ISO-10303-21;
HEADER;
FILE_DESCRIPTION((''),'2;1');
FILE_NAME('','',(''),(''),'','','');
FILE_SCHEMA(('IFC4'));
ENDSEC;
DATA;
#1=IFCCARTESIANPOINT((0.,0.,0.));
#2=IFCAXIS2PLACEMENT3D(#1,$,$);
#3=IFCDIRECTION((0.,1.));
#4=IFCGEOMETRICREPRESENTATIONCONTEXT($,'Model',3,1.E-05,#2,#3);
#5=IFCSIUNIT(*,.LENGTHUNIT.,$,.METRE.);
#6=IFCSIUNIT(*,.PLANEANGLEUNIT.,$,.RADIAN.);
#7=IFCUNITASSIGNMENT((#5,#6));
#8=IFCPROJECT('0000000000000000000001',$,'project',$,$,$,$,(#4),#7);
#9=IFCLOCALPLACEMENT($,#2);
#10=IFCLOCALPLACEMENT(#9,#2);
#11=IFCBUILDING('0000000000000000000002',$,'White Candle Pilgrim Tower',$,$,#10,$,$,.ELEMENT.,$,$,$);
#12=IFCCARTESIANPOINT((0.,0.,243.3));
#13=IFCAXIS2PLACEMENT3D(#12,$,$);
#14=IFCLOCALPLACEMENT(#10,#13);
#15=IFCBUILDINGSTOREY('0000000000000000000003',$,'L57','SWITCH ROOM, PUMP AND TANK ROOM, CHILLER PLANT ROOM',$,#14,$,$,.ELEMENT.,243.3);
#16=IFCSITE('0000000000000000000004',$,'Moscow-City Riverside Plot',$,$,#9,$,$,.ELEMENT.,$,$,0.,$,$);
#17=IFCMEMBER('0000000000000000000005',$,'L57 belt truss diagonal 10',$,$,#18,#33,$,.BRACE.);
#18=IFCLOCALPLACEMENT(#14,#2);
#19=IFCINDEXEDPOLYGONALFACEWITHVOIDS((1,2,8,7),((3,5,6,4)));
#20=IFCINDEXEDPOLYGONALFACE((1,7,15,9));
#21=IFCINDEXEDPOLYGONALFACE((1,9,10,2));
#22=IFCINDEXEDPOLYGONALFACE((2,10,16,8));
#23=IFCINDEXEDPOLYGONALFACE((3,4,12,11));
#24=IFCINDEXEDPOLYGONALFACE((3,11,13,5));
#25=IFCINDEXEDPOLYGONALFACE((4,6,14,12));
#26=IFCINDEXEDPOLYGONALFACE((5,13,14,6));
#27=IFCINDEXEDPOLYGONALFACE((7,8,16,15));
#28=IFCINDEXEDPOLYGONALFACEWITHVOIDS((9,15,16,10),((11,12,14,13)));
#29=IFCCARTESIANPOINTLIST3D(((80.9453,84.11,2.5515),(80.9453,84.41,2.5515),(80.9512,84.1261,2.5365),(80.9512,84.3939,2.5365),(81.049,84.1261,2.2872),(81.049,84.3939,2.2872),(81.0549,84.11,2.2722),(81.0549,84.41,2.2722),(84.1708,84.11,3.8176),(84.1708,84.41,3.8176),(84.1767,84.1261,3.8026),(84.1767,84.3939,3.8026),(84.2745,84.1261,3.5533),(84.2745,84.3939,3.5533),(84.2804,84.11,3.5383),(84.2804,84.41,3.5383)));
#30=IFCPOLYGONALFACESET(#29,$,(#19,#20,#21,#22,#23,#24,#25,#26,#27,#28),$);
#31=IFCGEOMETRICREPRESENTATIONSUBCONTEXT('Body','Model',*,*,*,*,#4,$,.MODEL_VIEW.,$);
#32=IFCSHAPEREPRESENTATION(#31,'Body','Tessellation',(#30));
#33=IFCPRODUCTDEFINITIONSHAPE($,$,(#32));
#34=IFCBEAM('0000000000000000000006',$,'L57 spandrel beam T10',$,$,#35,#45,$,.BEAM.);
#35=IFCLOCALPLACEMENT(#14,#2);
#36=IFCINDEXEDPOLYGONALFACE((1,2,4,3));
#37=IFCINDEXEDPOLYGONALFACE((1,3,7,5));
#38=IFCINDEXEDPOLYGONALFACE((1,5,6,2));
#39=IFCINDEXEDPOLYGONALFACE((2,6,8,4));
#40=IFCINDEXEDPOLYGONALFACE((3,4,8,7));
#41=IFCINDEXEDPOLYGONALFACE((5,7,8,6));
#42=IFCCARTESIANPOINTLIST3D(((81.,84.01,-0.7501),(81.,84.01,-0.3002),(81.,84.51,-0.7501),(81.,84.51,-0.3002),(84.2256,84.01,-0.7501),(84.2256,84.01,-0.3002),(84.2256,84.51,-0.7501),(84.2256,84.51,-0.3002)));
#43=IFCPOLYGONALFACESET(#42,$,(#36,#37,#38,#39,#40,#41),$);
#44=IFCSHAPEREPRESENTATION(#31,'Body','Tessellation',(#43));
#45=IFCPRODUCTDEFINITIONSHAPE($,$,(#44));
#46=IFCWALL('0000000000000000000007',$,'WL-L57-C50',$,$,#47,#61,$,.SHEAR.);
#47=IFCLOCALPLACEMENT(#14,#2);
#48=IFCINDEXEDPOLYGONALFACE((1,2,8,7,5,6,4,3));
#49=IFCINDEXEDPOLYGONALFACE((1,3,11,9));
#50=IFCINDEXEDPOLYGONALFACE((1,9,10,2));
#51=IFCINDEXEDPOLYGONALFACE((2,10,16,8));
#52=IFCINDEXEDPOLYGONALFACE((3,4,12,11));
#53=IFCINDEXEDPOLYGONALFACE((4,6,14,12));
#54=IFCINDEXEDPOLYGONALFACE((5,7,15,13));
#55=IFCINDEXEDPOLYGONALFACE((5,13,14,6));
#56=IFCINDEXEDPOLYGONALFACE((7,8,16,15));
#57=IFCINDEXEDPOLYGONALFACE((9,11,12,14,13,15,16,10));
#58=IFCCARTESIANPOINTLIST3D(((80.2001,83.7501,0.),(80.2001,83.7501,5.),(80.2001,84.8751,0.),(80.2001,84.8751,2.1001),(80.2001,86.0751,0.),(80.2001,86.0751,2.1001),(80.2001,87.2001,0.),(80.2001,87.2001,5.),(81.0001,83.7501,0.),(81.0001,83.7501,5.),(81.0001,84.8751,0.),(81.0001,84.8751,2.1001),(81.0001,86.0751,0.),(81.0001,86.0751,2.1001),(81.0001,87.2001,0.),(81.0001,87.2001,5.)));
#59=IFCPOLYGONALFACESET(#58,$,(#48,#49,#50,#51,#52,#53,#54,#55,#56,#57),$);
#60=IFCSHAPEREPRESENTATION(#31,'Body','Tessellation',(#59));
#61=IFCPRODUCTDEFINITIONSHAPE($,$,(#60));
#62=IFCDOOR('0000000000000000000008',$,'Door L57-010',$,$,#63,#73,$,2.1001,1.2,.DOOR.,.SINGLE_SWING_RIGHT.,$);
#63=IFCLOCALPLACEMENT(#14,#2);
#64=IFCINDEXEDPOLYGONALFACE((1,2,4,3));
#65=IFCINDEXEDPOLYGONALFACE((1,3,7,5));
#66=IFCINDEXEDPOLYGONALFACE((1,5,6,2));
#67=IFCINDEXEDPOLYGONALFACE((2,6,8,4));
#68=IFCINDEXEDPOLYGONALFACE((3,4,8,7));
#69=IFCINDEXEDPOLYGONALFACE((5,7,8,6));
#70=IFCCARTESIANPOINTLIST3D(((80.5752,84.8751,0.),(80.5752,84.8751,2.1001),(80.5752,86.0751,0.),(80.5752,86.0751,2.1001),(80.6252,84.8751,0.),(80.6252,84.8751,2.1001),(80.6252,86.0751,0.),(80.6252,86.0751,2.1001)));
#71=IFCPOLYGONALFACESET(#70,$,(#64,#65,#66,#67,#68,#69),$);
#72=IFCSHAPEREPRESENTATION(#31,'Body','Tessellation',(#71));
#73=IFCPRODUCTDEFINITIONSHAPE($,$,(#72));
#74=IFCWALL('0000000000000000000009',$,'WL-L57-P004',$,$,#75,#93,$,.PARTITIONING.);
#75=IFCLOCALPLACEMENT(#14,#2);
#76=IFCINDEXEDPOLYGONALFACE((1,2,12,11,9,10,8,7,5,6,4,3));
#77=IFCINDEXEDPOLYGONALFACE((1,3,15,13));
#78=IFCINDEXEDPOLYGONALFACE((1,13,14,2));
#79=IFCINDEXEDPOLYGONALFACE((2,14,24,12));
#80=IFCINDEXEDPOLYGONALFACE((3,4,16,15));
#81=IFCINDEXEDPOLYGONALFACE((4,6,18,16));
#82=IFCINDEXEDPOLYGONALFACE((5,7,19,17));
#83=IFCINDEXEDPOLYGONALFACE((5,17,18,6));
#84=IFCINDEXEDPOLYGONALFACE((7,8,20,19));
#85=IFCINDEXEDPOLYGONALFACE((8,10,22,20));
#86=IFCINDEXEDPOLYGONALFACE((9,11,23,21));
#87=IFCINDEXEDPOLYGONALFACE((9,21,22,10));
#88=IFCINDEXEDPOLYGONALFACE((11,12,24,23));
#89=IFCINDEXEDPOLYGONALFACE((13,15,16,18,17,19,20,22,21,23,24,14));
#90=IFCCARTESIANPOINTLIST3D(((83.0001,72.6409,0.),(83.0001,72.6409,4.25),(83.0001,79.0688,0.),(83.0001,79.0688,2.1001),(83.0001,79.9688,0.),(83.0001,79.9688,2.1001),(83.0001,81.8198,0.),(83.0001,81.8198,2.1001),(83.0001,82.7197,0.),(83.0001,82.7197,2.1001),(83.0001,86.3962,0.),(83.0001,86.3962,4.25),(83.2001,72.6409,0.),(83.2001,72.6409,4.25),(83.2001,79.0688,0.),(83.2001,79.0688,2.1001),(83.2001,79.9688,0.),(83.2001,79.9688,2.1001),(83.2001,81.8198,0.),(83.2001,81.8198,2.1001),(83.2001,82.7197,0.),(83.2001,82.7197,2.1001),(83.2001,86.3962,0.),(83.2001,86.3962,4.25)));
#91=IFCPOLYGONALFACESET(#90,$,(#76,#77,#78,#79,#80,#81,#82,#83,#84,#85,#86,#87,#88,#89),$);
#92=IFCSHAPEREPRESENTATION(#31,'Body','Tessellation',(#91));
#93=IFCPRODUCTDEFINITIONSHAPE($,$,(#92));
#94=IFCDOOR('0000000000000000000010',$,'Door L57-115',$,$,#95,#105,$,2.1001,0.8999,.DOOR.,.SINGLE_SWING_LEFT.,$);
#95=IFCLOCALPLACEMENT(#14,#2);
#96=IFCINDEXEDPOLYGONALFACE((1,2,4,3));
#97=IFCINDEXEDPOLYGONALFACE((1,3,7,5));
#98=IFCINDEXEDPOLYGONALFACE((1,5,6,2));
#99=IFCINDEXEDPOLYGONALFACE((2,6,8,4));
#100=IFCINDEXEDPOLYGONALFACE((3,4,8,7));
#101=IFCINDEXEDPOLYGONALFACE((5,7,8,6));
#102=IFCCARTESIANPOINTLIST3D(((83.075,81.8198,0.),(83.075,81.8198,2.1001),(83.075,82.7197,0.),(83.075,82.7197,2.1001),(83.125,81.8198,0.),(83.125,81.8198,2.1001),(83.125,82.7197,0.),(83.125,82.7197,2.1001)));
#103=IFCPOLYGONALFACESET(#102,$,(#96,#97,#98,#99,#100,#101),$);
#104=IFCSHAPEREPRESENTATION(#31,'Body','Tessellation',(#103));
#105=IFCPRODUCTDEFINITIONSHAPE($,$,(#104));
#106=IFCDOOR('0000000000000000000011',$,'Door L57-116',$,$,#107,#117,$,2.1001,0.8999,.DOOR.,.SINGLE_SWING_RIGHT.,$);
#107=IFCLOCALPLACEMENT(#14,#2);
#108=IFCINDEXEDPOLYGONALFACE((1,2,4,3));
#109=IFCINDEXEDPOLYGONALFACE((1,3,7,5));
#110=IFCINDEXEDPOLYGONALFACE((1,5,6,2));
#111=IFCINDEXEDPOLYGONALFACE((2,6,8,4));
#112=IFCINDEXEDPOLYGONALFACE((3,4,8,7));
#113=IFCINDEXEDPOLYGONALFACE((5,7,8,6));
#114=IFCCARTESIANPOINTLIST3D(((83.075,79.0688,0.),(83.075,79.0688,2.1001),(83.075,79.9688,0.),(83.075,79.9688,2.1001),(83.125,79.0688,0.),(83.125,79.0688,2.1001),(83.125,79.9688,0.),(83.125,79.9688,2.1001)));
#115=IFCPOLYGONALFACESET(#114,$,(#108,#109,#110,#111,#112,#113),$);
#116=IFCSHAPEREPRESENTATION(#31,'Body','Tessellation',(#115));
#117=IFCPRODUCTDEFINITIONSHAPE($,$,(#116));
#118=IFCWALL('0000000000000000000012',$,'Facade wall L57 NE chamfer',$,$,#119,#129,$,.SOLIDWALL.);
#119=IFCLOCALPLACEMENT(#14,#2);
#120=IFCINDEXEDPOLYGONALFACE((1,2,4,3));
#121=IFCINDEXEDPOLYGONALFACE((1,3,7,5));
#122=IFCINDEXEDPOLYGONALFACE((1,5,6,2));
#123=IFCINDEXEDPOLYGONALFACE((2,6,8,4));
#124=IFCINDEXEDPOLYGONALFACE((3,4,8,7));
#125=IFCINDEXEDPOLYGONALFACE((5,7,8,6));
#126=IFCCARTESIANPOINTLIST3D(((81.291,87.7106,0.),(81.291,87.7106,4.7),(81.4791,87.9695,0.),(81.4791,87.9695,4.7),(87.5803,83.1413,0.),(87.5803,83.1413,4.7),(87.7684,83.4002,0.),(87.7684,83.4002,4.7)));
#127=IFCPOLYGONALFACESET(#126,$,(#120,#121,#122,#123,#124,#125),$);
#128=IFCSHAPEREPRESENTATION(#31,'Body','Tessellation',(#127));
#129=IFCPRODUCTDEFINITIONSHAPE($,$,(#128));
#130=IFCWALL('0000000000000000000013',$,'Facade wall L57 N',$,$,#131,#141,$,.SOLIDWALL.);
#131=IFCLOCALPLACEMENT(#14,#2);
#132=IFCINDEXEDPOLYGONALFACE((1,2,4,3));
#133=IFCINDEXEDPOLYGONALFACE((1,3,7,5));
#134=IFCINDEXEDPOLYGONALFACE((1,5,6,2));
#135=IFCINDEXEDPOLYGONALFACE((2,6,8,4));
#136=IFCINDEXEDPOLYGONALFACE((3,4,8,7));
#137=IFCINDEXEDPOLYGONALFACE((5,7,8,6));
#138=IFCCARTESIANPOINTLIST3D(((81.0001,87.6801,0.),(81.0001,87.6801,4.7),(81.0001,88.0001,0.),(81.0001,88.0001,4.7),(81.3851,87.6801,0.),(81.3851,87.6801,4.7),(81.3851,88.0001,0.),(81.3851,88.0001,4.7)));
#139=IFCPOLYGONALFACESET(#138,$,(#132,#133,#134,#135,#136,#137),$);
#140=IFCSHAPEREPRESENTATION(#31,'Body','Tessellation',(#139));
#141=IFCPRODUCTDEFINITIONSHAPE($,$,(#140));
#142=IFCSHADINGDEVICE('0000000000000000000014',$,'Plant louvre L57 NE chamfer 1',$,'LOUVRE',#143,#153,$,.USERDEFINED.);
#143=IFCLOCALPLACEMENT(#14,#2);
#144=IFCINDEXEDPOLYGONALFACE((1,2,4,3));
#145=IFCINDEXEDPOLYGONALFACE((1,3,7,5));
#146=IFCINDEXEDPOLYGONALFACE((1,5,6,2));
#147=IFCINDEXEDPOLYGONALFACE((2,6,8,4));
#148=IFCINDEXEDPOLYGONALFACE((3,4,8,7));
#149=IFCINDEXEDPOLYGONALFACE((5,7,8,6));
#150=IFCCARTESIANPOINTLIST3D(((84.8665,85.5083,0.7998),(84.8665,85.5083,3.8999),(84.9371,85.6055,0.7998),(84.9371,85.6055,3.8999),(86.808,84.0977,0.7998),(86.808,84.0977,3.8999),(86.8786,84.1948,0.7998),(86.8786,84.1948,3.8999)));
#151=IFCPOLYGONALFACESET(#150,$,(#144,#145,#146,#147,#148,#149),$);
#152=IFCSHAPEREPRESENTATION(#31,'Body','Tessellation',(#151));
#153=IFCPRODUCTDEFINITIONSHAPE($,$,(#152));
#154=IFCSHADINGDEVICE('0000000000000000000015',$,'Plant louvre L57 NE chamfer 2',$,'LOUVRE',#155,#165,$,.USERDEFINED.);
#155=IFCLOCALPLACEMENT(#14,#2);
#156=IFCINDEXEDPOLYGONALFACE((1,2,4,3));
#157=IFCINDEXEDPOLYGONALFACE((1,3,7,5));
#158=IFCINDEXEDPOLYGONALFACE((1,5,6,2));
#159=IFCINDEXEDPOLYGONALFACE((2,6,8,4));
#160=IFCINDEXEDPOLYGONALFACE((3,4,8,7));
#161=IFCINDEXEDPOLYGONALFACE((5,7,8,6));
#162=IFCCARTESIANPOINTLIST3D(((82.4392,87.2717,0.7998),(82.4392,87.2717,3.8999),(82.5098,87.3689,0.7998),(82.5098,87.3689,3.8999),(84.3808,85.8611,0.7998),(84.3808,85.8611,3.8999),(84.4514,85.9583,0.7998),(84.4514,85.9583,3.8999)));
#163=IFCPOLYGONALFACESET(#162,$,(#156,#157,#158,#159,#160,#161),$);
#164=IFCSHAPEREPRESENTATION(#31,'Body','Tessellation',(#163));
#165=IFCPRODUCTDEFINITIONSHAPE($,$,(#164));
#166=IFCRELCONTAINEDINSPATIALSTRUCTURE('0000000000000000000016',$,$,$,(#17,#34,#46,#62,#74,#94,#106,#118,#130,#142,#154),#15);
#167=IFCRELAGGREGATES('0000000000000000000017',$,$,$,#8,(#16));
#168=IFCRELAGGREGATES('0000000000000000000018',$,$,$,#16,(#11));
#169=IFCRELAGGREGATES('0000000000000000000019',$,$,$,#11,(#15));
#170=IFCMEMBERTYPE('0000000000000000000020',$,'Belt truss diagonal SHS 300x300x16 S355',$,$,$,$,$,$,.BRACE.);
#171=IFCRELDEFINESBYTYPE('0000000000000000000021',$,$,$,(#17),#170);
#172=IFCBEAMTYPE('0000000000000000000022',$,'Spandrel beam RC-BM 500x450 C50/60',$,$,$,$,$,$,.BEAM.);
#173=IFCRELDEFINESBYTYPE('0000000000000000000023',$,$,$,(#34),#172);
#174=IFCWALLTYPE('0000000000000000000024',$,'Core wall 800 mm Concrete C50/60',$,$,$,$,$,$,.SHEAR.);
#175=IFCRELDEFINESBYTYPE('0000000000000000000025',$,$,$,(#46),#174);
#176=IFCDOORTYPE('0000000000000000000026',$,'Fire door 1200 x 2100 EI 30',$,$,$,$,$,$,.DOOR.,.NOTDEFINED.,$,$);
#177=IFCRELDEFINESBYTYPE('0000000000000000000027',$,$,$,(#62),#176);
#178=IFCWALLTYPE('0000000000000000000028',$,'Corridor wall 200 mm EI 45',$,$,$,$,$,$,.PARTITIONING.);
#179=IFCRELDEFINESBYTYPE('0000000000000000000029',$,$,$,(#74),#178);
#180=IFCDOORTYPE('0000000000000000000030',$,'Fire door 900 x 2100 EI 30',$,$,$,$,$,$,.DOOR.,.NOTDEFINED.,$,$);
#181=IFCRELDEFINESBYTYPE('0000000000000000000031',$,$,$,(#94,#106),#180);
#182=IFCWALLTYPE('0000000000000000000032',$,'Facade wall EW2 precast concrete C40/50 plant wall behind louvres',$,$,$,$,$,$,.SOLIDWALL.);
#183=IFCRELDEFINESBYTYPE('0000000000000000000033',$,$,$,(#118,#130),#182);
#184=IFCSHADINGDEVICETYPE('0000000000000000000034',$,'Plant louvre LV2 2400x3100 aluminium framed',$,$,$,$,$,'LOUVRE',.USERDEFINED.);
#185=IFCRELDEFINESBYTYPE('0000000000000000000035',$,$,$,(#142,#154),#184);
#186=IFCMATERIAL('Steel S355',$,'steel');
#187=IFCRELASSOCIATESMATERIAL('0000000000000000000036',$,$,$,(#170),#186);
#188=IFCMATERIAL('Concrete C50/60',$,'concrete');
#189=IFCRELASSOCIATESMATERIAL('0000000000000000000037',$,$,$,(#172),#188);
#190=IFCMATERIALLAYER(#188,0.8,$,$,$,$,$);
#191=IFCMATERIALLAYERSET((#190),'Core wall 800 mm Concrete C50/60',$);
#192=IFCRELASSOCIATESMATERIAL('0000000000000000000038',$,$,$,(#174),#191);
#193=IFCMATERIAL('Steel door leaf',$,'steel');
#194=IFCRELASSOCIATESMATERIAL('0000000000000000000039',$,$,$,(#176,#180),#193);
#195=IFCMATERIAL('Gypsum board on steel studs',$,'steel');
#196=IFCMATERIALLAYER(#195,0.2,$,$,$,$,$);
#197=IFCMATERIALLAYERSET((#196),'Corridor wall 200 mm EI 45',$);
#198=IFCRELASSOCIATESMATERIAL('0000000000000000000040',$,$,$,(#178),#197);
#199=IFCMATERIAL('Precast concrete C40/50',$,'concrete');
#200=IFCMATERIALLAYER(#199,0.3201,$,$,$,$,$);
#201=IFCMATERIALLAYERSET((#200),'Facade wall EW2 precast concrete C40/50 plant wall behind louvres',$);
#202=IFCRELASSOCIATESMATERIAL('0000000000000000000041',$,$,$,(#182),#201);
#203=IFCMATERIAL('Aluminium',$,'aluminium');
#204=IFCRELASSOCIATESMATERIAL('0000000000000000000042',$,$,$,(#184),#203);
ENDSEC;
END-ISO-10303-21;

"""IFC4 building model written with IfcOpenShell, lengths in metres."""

from ifc_helpers import new_model, si_unit, direction, frame, frame_2d, origin, origin_2d, place, context, subcontext, project, spatial, rectangle, hollow_rectangle, extrude, material, layer, layer_set, material_profile, profile_set, type_object, element, fill, save


model = new_model("IFC4")

# Units and contexts
model_context = context("Model", 3, precision=1e-05, world=origin(), true_north=direction((0.0, 1.0)))
body_context = subcontext(model_context, "Body", "Model", "MODEL_VIEW")
ifc_project = project(units=[si_unit("LENGTHUNIT", "METRE"), si_unit("PLANEANGLEUNIT", "RADIAN")], contexts=[model_context])

# Site, building, storey
site_placement = place(None, origin())
site = spatial("IfcSite", under=ifc_project, at=site_placement, Name="Moscow-City Riverside Plot", CompositionType="ELEMENT", RefElevation=0.0)
building_placement = place(site_placement, origin())
building = spatial("IfcBuilding", under=site, at=building_placement, Name="White Candle Pilgrim Tower", CompositionType="ELEMENT")
storey_placement = place(building_placement, frame((0.0, 0.0, 243.3)))
storey = spatial("IfcBuildingStorey", under=building, at=storey_placement, Name="L57", Description="SWITCH ROOM, PUMP AND TANK ROOM, CHILLER PLANT ROOM", CompositionType="ELEMENT", Elevation=243.3)

# Member
ifc_material_1 = material(Name="Steel S355", Category="steel")
ifc_material_profile_1 = material_profile(ifc_material_1, hollow_rectangle(XDim=0.3, YDim=0.3, WallThickness=0.0161, at=origin_2d()), Name="SHS 300x300x16")
ifc_profile_set_1 = profile_set([ifc_material_profile_1], Name="Steel S355")
member_type_1 = type_object("IfcMemberType", Name="Belt truss diagonal SHS 300x300x16 S355", PredefinedType="BRACE", material=ifc_profile_set_1)
member_1_placement = place(storey_placement, frame((84.2256, 84.26, 3.678), z_axis=(-0.930858, 0.0, -0.365382), x_axis=(0.0, -1.0, 0.0)))
element("IfcMember", 1, at=member_1_placement, inside=storey, type_object=member_type_1, Name="L57 belt truss diagonal 10", PredefinedType="BRACE", context=body_context, shape_type="SweptSolid", body=[
    extrude(hollow_rectangle(XDim=0.3, YDim=0.3, WallThickness=0.0161, at=origin_2d()), origin(), (0.0, 0.0, 1.0), 3.4651),
])

# Beam
ifc_material_2 = material(Name="Concrete C50/60", Category="concrete")
ifc_material_profile_2 = material_profile(ifc_material_2, rectangle(XDim=0.5, YDim=0.45, at=origin_2d()), Name="RC-BM 500x450")
ifc_profile_set_2 = profile_set([ifc_material_profile_2], Name="Concrete C50/60")
beam_type = type_object("IfcBeamType", Name="Spandrel beam RC-BM 500x450 C50/60", PredefinedType="BEAM", material=ifc_profile_set_2)
beam_placement = place(storey_placement, frame((84.2256, 84.26, -0.5251), z_axis=(-1.0, 0.0, 0.0), x_axis=(0.0, -1.0, 0.0)))
element("IfcBeam", 2, at=beam_placement, inside=storey, type_object=beam_type, Name="L57 spandrel beam T10", PredefinedType="BEAM", context=body_context, shape_type="SweptSolid", body=[
    extrude(rectangle(XDim=0.5, YDim=0.45, at=origin_2d()), origin(), (0.0, 0.0, 1.0), 3.2256),
])

# Wall, opening, door
ifc_layer_1 = layer(ifc_material_2, 0.8)
ifc_layer_set_1 = layer_set([ifc_layer_1], Name="Core wall 800 mm Concrete C50/60")
wall_type_1 = type_object("IfcWallType", Name="Core wall 800 mm Concrete C50/60", PredefinedType="SHEAR", material=ifc_layer_set_1)
wall_1_placement = place(storey_placement, frame((80.6001, 83.75, 0.0), z_axis=(0.0, 0.0, 1.0), x_axis=(0.0, 1.0, 0.0)))
wall_1 = element("IfcWall", 3, at=wall_1_placement, inside=storey, type_object=wall_type_1, Name="WL-L57-C50", PredefinedType="SHEAR", context=body_context, shape_type="SweptSolid", body=[
    extrude(rectangle(XDim=3.45, YDim=0.8, at=frame_2d((1.7251, 0.0))), origin(), (0.0, 0.0, 1.0), 5.0),
])
opening_1_placement = place(wall_1_placement, frame((1.125, 0.0, 0.0)))
opening_1 = element("IfcOpeningElement", 4, at=opening_1_placement, cuts=wall_1, PredefinedType="OPENING", context=body_context, shape_type="SweptSolid", body=[
    extrude(rectangle(XDim=1.2, YDim=2.1001, at=frame_2d((0.6001, 1.05))), frame((0.0, 0.4099, 0.0), z_axis=(0.0, -1.0, 0.0), x_axis=(1.0, 0.0, 0.0)), (0.0, 0.0, 1.0), 0.8201),
])
ifc_material_3 = material(Name="Steel door leaf", Category="steel")
door_type_1 = type_object("IfcDoorType", Name="Fire door 1200 x 2100 EI 30", OperationType="NOTDEFINED", PredefinedType="DOOR", material=ifc_material_3)
door_1_placement = place(opening_1_placement, origin())
door_1 = element("IfcDoor", 5, at=door_1_placement, inside=storey, type_object=door_type_1, Name="Door L57-010", OperationType="SINGLE_SWING_RIGHT", OverallHeight=2.1001, OverallWidth=1.2, PredefinedType="DOOR", context=body_context, shape_type="SweptSolid", body=[
    extrude(rectangle(XDim=1.2, YDim=2.1001, at=frame_2d((0.6001, 1.05))), frame((0.0, 0.0249, 0.0), z_axis=(0.0, -1.0, 0.0), x_axis=(1.0, 0.0, 0.0)), (0.0, 0.0, 1.0), 0.05),
])
fill(opening_1, door_1)

# Wall, openings, doors
ifc_material_4 = material(Name="Gypsum board on steel studs", Category="steel")
ifc_layer_2 = layer(ifc_material_4, 0.2)
ifc_layer_set_2 = layer_set([ifc_layer_2], Name="Corridor wall 200 mm EI 45")
wall_type_2 = type_object("IfcWallType", Name="Corridor wall 200 mm EI 45", PredefinedType="PARTITIONING", material=ifc_layer_set_2)
wall_2_placement = place(storey_placement, frame((83.1001, 86.3962, 0.0), z_axis=(0.0, 0.0, 1.0), x_axis=(0.0, -1.0, 0.0)))
wall_2 = element("IfcWall", 6, at=wall_2_placement, inside=storey, type_object=wall_type_2, Name="WL-L57-P004", PredefinedType="PARTITIONING", context=body_context, shape_type="SweptSolid", body=[
    extrude(rectangle(XDim=13.7554, YDim=0.2, at=frame_2d((6.8777, 0.0))), origin(), (0.0, 0.0, 1.0), 4.25),
])
opening_2_placement = place(wall_2_placement, frame((3.6765, 0.0, 0.0)))
opening_2 = element("IfcOpeningElement", 7, at=opening_2_placement, cuts=wall_2, PredefinedType="OPENING", context=body_context, shape_type="SweptSolid", body=[
    extrude(rectangle(XDim=0.8999, YDim=2.1001, at=frame_2d((0.45, 1.05))), frame((0.0, 0.1099, 0.0), z_axis=(0.0, -1.0, 0.0), x_axis=(1.0, 0.0, 0.0)), (0.0, 0.0, 1.0), 0.22),
])
opening_3_placement = place(wall_2_placement, frame((6.4275, 0.0, 0.0)))
opening_3 = element("IfcOpeningElement", 8, at=opening_3_placement, cuts=wall_2, PredefinedType="OPENING", context=body_context, shape_type="SweptSolid", body=[
    extrude(rectangle(XDim=0.8999, YDim=2.1001, at=frame_2d((0.45, 1.05))), frame((0.0, 0.1099, 0.0), z_axis=(0.0, -1.0, 0.0), x_axis=(1.0, 0.0, 0.0)), (0.0, 0.0, 1.0), 0.22),
])
door_type_2 = type_object("IfcDoorType", Name="Fire door 900 x 2100 EI 30", OperationType="NOTDEFINED", PredefinedType="DOOR", material=ifc_material_3)
door_2_placement = place(opening_2_placement, origin())
door_2 = element("IfcDoor", 9, at=door_2_placement, inside=storey, type_object=door_type_2, Name="Door L57-115", OperationType="SINGLE_SWING_LEFT", OverallHeight=2.1001, OverallWidth=0.8999, PredefinedType="DOOR", context=body_context, shape_type="SweptSolid", body=[
    extrude(rectangle(XDim=0.8999, YDim=2.1001, at=frame_2d((0.45, 1.05))), frame((0.0, 0.0249, 0.0), z_axis=(0.0, -1.0, 0.0), x_axis=(1.0, 0.0, 0.0)), (0.0, 0.0, 1.0), 0.05),
])
fill(opening_2, door_2)
door_3_placement = place(opening_3_placement, origin())
door_3 = element("IfcDoor", 10, at=door_3_placement, inside=storey, type_object=door_type_2, Name="Door L57-116", OperationType="SINGLE_SWING_RIGHT", OverallHeight=2.1001, OverallWidth=0.8999, PredefinedType="DOOR", context=body_context, shape_type="SweptSolid", body=[
    extrude(rectangle(XDim=0.8999, YDim=2.1001, at=frame_2d((0.45, 1.05))), frame((0.0, 0.0249, 0.0), z_axis=(0.0, -1.0, 0.0), x_axis=(1.0, 0.0, 0.0)), (0.0, 0.0, 1.0), 0.05),
])
fill(opening_3, door_3)

# Walls
ifc_material_5 = material(Name="Precast concrete C40/50", Category="concrete")
ifc_layer_3 = layer(ifc_material_5, 0.3201)
ifc_layer_set_3 = layer_set([ifc_layer_3], Name="Facade wall EW2 precast concrete C40/50 plant wall behind louvres")
wall_type_3 = type_object("IfcWallType", Name="Facade wall EW2 precast concrete C40/50 plant wall behind louvres", PredefinedType="SOLIDWALL", material=ifc_layer_set_3)
wall_3_placement = place(storey_placement, frame((87.6743, 83.2708, 0.0), z_axis=(0.0, 0.0, 1.0), x_axis=(-0.809024, 0.587776, 0.0)))
element("IfcWall", 11, at=wall_3_placement, inside=storey, type_object=wall_type_3, Name="Facade wall L57 NE chamfer", PredefinedType="SOLIDWALL", context=body_context, shape_type="SweptSolid", body=[
    extrude(rectangle(XDim=7.7739, YDim=0.3201, at=frame_2d((3.887, 0.0))), origin(), (0.0, 0.0, 1.0), 4.7),
])
wall_4_placement = place(storey_placement, frame((81.385, 87.8401, 0.0), z_axis=(0.0, 0.0, 1.0), x_axis=(-1.0, 0.0, 0.0)))
element("IfcWall", 12, at=wall_4_placement, inside=storey, type_object=wall_type_3, Name="Facade wall L57 N", PredefinedType="SOLIDWALL", context=body_context, shape_type="SweptSolid", body=[
    extrude(rectangle(XDim=0.385, YDim=0.3201, at=frame_2d((0.1924, 0.0))), origin(), (0.0, 0.0, 1.0), 4.7),
])

# Shading devices
ifc_material_6 = material(Name="Aluminium", Category="aluminium")
shading_device_type = type_object("IfcShadingDeviceType", Name="Plant louvre LV2 2400x3100 aluminium framed", ElementType="LOUVRE", PredefinedType="USERDEFINED", material=ifc_material_6)
for number, where, z_axis, x_axis, name in (
    (13, (85.8726, 84.8516, 0.7998), (0.0, 0.0, 1.0), (-0.809017, 0.587785, 0.0), "Plant louvre L57 NE chamfer 1"),
    (14, (83.4453, 86.615, 0.7998), (0.0, 0.0, 1.0), (-0.809017, 0.587785, 0.0), "Plant louvre L57 NE chamfer 2"),
):
    element("IfcShadingDevice", number, at=place(storey_placement, frame(where, z_axis=z_axis, x_axis=x_axis)), inside=storey, type_object=shading_device_type, Name=name, ObjectType="LOUVRE", PredefinedType="USERDEFINED", context=body_context, shape_type="SweptSolid", body=[
        extrude(rectangle(XDim=2.3999, YDim=0.1201, at=origin_2d()), origin(), (0.0, 0.0, 1.0), 3.1001),
    ])

save(model, "model.ifc")
